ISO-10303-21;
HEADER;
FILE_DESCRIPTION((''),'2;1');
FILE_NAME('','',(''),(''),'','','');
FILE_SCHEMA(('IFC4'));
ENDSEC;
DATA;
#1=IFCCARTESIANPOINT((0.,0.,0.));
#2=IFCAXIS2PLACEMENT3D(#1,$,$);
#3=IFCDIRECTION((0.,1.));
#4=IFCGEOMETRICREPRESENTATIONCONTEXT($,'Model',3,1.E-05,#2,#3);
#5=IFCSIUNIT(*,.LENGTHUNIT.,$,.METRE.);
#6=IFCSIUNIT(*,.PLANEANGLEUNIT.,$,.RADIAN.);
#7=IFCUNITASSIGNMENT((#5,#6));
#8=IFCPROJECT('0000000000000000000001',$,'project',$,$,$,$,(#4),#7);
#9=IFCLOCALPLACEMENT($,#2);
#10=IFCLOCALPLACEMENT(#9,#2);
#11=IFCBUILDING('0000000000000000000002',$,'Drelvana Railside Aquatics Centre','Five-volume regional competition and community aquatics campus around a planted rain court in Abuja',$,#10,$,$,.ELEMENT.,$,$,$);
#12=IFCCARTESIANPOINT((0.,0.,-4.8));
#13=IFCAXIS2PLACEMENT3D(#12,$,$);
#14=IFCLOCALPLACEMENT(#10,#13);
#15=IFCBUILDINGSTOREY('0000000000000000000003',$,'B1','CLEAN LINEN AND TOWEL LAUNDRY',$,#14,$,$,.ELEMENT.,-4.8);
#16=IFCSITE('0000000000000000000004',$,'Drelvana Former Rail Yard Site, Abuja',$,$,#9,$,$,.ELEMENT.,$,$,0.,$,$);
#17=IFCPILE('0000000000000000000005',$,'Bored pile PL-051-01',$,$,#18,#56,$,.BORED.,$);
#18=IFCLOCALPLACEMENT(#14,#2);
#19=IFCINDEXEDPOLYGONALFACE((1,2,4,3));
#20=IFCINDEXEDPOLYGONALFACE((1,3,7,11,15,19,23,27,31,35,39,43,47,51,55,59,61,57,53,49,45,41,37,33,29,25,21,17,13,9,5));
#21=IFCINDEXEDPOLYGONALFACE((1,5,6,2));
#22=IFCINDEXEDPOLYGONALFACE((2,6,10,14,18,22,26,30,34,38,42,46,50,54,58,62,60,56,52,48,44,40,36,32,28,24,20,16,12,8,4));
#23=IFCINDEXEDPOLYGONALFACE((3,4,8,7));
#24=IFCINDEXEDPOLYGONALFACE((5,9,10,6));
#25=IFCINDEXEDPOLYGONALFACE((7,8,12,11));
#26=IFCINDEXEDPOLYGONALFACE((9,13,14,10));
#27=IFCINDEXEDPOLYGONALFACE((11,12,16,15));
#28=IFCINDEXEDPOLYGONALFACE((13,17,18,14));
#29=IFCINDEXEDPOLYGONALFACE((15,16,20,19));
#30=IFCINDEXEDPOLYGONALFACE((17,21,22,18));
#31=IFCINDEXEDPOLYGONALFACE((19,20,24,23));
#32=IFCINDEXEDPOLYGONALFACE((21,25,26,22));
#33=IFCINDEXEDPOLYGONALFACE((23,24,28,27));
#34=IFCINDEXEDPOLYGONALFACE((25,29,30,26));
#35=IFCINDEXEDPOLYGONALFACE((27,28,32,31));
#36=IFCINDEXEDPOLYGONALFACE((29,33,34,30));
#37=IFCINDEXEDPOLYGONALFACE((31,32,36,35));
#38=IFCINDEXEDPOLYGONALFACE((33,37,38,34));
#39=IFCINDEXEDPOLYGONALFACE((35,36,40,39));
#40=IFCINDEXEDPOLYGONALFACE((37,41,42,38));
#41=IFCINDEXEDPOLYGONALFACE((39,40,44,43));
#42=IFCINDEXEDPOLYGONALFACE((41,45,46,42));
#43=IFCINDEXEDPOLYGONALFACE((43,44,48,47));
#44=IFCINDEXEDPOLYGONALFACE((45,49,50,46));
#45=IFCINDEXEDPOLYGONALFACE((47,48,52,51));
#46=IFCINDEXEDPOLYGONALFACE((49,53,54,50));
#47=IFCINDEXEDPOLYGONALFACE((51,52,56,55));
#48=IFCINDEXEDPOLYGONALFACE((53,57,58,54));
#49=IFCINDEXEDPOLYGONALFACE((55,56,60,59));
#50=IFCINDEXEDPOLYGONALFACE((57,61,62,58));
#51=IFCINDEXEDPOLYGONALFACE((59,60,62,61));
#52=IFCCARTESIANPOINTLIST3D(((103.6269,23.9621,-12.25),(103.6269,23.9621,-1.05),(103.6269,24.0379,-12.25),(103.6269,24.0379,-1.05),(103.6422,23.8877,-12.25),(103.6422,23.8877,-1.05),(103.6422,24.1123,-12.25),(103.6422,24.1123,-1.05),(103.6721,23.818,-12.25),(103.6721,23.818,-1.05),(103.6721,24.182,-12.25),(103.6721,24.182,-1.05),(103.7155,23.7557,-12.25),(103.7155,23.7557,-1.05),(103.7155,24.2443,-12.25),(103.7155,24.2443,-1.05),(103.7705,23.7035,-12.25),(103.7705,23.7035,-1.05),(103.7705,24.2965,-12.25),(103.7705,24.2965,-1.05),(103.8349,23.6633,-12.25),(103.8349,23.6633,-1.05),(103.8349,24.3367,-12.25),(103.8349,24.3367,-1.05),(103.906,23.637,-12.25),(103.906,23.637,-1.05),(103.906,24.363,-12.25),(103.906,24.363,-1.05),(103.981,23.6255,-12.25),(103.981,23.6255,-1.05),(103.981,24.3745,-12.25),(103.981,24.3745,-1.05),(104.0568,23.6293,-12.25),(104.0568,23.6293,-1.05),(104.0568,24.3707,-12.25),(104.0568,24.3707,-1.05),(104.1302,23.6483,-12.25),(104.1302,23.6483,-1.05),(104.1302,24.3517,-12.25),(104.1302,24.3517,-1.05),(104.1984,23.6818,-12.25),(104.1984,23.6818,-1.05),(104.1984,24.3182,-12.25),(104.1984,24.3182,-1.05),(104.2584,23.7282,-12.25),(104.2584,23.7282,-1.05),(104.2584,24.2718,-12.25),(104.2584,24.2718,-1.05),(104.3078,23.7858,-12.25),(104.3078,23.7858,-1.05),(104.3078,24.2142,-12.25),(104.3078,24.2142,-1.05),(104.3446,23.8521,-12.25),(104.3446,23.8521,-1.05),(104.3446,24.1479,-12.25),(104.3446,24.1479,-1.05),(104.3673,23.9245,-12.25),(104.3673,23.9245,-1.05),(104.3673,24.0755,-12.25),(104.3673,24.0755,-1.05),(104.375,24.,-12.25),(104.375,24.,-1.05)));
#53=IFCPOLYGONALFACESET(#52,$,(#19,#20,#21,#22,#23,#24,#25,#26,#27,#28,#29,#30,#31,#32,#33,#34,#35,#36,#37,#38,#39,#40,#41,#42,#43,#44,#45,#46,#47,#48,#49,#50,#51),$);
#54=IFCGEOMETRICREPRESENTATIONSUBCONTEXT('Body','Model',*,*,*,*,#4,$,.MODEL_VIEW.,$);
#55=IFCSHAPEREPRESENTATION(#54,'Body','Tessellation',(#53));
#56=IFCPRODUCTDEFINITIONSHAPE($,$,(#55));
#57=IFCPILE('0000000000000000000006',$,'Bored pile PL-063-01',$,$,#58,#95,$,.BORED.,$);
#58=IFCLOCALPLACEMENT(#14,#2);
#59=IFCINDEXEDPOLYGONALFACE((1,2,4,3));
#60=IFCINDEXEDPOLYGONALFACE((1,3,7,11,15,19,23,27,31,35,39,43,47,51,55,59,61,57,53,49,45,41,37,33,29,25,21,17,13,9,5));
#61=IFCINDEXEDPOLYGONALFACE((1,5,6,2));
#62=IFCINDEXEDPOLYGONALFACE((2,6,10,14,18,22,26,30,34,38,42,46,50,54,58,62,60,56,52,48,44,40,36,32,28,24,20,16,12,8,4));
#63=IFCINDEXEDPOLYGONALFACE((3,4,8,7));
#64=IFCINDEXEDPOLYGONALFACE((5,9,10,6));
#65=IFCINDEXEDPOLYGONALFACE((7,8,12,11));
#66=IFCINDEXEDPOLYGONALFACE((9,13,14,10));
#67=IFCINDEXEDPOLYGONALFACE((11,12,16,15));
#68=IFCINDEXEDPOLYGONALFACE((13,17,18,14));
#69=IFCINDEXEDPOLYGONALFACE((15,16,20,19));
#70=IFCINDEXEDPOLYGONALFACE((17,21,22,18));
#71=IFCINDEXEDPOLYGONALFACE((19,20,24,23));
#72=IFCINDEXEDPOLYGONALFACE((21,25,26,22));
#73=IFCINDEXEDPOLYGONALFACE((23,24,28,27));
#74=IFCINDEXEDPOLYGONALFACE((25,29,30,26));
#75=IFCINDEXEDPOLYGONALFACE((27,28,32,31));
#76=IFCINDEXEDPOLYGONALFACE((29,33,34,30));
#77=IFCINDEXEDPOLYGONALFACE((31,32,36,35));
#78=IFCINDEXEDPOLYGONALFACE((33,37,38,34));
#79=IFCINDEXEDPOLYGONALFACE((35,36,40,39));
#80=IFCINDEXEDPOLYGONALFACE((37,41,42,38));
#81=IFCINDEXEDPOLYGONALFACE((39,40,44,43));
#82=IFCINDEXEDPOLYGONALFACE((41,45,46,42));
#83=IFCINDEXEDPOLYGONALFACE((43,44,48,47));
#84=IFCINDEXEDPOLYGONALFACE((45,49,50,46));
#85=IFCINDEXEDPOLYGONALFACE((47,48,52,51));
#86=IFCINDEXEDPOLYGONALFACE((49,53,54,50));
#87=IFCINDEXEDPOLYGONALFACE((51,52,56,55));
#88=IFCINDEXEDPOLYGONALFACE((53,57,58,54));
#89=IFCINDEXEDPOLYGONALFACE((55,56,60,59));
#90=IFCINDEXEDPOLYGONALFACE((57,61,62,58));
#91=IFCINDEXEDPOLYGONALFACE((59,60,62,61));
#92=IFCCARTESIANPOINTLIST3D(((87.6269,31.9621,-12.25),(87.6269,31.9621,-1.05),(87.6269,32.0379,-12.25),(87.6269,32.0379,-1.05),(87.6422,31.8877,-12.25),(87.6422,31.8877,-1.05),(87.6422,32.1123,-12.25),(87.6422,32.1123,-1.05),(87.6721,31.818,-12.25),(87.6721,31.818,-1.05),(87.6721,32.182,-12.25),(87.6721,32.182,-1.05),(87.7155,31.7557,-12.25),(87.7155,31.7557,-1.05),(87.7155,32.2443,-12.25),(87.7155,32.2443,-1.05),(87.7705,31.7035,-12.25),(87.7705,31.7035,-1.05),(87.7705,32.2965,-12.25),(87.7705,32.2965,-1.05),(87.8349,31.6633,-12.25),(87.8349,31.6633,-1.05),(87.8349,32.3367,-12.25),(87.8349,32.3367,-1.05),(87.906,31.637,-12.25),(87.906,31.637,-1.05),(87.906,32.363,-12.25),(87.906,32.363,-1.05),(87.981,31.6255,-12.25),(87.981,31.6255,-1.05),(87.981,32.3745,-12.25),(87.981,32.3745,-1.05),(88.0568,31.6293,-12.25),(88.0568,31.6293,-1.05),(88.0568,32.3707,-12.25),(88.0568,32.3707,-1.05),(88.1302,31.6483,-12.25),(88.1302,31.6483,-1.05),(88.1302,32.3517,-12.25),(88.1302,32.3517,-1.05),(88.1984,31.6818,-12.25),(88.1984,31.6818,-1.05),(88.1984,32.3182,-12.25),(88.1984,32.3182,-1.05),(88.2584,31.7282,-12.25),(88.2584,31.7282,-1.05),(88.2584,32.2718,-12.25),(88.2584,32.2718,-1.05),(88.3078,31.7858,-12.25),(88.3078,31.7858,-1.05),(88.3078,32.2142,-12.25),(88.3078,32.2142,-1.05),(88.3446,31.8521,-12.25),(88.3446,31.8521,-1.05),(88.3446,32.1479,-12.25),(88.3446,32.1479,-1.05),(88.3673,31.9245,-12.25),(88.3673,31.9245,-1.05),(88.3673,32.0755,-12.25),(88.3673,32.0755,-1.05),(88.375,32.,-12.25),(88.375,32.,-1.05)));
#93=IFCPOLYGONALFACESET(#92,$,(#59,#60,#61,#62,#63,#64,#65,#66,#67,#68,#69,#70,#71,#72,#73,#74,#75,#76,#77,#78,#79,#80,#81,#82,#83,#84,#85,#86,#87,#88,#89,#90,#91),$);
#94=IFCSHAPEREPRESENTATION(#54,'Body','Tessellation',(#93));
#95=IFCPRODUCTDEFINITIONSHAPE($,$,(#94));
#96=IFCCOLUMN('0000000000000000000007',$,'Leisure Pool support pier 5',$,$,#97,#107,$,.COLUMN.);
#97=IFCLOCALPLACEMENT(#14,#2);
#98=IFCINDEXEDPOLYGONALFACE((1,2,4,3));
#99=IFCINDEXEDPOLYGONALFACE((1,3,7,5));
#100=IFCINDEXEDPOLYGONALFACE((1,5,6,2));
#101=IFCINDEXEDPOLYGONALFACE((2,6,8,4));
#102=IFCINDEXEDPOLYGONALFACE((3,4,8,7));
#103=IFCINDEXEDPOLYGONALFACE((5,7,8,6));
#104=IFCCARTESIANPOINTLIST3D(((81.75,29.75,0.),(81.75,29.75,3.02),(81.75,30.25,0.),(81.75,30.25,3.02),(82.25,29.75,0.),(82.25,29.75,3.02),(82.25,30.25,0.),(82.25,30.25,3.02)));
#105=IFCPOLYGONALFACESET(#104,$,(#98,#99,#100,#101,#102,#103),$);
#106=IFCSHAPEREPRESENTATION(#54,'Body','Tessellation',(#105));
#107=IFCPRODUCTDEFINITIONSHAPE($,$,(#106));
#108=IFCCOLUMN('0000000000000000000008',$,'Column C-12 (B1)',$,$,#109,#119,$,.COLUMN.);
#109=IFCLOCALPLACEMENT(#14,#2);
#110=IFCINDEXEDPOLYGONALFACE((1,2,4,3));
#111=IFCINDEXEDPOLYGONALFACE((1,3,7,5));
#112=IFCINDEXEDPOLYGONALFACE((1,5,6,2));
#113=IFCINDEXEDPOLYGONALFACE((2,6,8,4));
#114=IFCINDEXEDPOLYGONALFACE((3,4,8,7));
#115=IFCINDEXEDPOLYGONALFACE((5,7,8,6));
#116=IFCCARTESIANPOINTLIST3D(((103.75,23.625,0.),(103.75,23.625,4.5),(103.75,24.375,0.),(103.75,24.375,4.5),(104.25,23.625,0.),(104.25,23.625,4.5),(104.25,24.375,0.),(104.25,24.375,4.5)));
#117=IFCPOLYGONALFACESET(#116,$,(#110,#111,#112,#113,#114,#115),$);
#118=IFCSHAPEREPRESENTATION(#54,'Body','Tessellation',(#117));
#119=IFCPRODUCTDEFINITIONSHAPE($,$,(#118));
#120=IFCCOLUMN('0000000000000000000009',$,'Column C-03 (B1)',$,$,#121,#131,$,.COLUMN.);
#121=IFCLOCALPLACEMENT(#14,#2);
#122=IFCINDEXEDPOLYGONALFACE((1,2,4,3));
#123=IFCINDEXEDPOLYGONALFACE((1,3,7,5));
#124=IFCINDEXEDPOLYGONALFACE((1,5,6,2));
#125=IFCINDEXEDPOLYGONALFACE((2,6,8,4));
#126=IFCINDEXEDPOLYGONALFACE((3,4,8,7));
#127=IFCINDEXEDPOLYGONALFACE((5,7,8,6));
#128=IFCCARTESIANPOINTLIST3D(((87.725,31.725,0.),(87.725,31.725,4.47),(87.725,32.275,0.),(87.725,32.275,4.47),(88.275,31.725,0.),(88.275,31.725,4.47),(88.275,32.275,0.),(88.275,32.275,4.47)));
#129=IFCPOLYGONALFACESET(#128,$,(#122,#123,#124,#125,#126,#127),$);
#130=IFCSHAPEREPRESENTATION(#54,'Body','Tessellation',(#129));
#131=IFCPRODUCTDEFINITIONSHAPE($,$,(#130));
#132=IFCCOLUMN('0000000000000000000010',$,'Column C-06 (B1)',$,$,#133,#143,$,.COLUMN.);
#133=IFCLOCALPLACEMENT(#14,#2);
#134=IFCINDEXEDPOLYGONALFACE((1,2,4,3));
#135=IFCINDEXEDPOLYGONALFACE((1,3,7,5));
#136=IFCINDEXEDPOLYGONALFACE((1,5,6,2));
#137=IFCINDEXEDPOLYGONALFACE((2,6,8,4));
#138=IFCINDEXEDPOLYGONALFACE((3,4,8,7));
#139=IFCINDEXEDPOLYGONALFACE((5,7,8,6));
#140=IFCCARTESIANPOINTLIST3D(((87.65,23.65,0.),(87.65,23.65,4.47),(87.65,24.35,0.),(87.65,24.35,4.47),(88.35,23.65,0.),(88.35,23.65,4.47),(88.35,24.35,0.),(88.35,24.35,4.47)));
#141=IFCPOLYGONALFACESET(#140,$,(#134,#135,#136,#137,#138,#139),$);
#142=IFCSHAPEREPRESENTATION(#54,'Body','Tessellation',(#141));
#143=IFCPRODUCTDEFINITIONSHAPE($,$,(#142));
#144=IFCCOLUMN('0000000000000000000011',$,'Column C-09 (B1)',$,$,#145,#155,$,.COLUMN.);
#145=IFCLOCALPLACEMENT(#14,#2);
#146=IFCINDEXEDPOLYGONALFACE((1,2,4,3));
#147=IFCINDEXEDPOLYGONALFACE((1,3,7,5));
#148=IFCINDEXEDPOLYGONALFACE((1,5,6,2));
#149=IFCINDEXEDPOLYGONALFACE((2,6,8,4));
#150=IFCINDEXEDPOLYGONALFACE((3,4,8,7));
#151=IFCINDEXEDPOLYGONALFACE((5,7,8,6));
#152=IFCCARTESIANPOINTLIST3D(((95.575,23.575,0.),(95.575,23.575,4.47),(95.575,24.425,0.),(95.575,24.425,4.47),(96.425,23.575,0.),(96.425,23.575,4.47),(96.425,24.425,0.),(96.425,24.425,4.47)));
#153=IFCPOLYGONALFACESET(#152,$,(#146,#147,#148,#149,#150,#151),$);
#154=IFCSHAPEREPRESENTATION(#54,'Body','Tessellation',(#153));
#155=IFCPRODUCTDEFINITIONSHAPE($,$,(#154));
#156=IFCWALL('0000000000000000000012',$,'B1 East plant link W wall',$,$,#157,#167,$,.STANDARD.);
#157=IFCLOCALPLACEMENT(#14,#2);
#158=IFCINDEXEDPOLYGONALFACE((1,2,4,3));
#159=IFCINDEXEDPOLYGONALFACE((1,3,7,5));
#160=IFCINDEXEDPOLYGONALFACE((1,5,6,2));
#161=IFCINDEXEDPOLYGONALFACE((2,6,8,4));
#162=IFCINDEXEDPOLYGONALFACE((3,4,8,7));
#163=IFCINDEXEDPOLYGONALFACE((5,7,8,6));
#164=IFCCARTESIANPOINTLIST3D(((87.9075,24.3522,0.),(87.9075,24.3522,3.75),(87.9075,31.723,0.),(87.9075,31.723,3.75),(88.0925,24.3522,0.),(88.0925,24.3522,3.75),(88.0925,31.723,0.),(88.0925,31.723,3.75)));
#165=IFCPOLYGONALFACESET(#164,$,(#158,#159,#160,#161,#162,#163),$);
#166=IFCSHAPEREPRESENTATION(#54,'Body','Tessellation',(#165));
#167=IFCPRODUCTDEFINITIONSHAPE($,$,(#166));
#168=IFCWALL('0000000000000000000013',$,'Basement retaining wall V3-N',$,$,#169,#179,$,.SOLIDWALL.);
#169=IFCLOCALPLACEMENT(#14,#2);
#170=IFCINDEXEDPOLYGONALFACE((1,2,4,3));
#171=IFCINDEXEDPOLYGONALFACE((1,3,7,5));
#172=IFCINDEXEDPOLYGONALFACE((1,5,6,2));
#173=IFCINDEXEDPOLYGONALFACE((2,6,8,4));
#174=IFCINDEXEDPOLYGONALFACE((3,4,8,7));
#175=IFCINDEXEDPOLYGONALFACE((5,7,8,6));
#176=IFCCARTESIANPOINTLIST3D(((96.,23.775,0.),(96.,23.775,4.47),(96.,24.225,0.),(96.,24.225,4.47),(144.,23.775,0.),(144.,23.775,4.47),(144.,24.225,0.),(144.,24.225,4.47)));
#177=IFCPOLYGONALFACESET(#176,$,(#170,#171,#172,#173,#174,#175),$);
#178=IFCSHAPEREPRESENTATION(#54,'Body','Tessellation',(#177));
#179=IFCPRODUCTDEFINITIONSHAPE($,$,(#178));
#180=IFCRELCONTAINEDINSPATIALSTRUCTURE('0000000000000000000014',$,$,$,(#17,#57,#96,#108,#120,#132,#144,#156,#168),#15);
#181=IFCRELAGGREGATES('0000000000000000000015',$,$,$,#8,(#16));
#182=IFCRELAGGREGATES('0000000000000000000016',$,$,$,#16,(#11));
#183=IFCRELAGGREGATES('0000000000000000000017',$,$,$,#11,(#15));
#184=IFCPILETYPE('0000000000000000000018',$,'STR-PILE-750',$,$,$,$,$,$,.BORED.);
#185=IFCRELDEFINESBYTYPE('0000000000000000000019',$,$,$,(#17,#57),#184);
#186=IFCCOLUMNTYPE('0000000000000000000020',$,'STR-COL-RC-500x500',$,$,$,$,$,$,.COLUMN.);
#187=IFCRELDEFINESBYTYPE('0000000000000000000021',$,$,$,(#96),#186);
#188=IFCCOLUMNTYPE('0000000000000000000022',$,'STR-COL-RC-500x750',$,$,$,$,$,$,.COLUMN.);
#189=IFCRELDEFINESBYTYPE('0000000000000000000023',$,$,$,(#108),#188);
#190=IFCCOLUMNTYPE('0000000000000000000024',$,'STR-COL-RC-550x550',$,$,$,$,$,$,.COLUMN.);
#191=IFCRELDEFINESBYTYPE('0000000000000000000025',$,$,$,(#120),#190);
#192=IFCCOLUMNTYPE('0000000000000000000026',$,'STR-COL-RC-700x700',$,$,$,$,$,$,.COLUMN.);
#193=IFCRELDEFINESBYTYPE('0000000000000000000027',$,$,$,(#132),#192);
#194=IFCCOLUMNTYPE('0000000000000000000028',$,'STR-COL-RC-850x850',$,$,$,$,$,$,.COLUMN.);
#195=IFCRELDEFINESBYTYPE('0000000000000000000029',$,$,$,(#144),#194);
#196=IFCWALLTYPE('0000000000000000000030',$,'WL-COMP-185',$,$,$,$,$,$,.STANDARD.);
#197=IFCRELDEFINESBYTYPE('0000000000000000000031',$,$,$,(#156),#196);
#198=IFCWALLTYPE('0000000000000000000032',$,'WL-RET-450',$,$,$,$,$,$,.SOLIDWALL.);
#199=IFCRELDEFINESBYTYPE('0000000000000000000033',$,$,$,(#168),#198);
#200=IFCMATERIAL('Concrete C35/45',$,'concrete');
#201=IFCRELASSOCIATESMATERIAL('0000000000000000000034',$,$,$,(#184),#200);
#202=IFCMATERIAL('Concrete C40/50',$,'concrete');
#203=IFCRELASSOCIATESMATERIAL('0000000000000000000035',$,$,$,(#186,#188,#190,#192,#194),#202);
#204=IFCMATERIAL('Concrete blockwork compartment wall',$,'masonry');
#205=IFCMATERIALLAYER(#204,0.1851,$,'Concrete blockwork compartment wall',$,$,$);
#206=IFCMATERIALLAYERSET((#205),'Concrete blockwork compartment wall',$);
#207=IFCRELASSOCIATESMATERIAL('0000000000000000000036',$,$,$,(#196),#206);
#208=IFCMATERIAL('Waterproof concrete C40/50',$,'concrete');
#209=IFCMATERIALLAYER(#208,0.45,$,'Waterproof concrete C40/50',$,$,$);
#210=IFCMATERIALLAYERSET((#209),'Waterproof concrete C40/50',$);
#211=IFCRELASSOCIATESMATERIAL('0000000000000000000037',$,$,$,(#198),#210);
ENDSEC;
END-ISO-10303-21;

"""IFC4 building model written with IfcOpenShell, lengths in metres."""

from ifc_helpers import new_model, si_unit, direction, frame, frame_2d, origin, origin_2d, place, context, subcontext, project, spatial, rectangle, circle, extrude, material, layer, layer_set, material_profile, profile_set, type_object, element, save


model = new_model("IFC4")

# Units and contexts
model_context = context("Model", 3, precision=1e-05, world=origin(), true_north=direction((0.0, 1.0)))
body_context = subcontext(model_context, "Body", "Model", "MODEL_VIEW")
ifc_project = project(units=[si_unit("LENGTHUNIT", "METRE"), si_unit("PLANEANGLEUNIT", "RADIAN")], contexts=[model_context])

# Site, building, storey
site_placement = place(None, origin())
site = spatial("IfcSite", under=ifc_project, at=site_placement, Name="Drelvana Former Rail Yard Site, Abuja", CompositionType="ELEMENT", RefElevation=0.0)
building_placement = place(site_placement, origin())
building = spatial("IfcBuilding", under=site, at=building_placement, Name="Drelvana Railside Aquatics Centre", Description="Five-volume regional competition and community aquatics campus around a planted rain court in Abuja", CompositionType="ELEMENT")
storey_placement = place(building_placement, frame((0.0, 0.0, -4.8)))
storey = spatial("IfcBuildingStorey", under=building, at=storey_placement, Name="B1", Description="CLEAN LINEN AND TOWEL LAUNDRY", CompositionType="ELEMENT", Elevation=-4.8)

# Shared definitions
ifc_material_1 = material(Name="Concrete C35/45", Category="concrete")

# Piles
ifc_material_profile_1 = material_profile(ifc_material_1, circle(Radius=0.375, at=origin_2d()), Name="PILE D750")
ifc_profile_set_1 = profile_set([ifc_material_profile_1], Name="Concrete C35/45")
pile_type = type_object("IfcPileType", Name="STR-PILE-750", PredefinedType="BORED", material=ifc_profile_set_1)
for number, where, z_axis, x_axis, name in (
    (1, (104.0, 24.0, -1.05), (0.0, 0.0, -1.0), (1.0, 0.0, 0.0), "Bored pile PL-051-01"),
    (2, (88.0, 32.0, -1.05), (0.0, 0.0, -1.0), (1.0, 0.0, 0.0), "Bored pile PL-063-01"),
):
    element("IfcPile", number, at=place(storey_placement, frame(where, z_axis=z_axis, x_axis=x_axis)), inside=storey, type_object=pile_type, Name=name, PredefinedType="BORED", context=body_context, shape_type="SweptSolid", body=[
        extrude(circle(Radius=0.375, at=origin_2d()), origin(), (0.0, 0.0, 1.0), 11.2),
    ])

# Columns
ifc_material_2 = material(Name="Concrete C40/50", Category="concrete")
ifc_material_profile_2 = material_profile(ifc_material_2, rectangle(XDim=0.5, YDim=0.5, at=origin_2d()), Name="RC 500x500")
ifc_profile_set_2 = profile_set([ifc_material_profile_2], Name="Concrete C40/50")
column_type_1 = type_object("IfcColumnType", Name="STR-COL-RC-500x500", PredefinedType="COLUMN", material=ifc_profile_set_2)
column_1_placement = place(storey_placement, frame((82.0, 30.0, 0.0), z_axis=(0.0, 0.0, 1.0), x_axis=(1.0, 0.0, 0.0)))
element("IfcColumn", 3, at=column_1_placement, inside=storey, type_object=column_type_1, Name="Leisure Pool support pier 5", PredefinedType="COLUMN", context=body_context, shape_type="SweptSolid", body=[
    extrude(rectangle(XDim=0.5, YDim=0.5, at=origin_2d()), origin(), (0.0, 0.0, 1.0), 3.02),
])
ifc_material_profile_3 = material_profile(ifc_material_2, rectangle(XDim=0.5, YDim=0.75, at=origin_2d()), Name="RC 500x750")
ifc_profile_set_3 = profile_set([ifc_material_profile_3], Name="Concrete C40/50")
column_type_2 = type_object("IfcColumnType", Name="STR-COL-RC-500x750", PredefinedType="COLUMN", material=ifc_profile_set_3)
column_2_placement = place(storey_placement, frame((104.0, 24.0, 0.0), z_axis=(0.0, 0.0, 1.0), x_axis=(1.0, 0.0, 0.0)))
element("IfcColumn", 4, at=column_2_placement, inside=storey, type_object=column_type_2, Name="Column C-12 (B1)", PredefinedType="COLUMN", context=body_context, shape_type="SweptSolid", body=[
    extrude(rectangle(XDim=0.5, YDim=0.75, at=origin_2d()), origin(), (0.0, 0.0, 1.0), 4.5),
])
ifc_material_profile_4 = material_profile(ifc_material_2, rectangle(XDim=0.55, YDim=0.55, at=origin_2d()), Name="RC 550x550")
ifc_profile_set_4 = profile_set([ifc_material_profile_4], Name="Concrete C40/50")
column_type_3 = type_object("IfcColumnType", Name="STR-COL-RC-550x550", PredefinedType="COLUMN", material=ifc_profile_set_4)
column_3_placement = place(storey_placement, frame((88.0, 32.0, 0.0), z_axis=(0.0, 0.0, 1.0), x_axis=(1.0, 0.0, 0.0)))
element("IfcColumn", 5, at=column_3_placement, inside=storey, type_object=column_type_3, Name="Column C-03 (B1)", PredefinedType="COLUMN", context=body_context, shape_type="SweptSolid", body=[
    extrude(rectangle(XDim=0.55, YDim=0.55, at=origin_2d()), origin(), (0.0, 0.0, 1.0), 4.47),
])
ifc_material_profile_5 = material_profile(ifc_material_2, rectangle(XDim=0.7, YDim=0.7, at=origin_2d()), Name="RC 700x700")
ifc_profile_set_5 = profile_set([ifc_material_profile_5], Name="Concrete C40/50")
column_type_4 = type_object("IfcColumnType", Name="STR-COL-RC-700x700", PredefinedType="COLUMN", material=ifc_profile_set_5)
column_4_placement = place(storey_placement, frame((88.0, 24.0, 0.0), z_axis=(0.0, 0.0, 1.0), x_axis=(1.0, 0.0, 0.0)))
element("IfcColumn", 6, at=column_4_placement, inside=storey, type_object=column_type_4, Name="Column C-06 (B1)", PredefinedType="COLUMN", context=body_context, shape_type="SweptSolid", body=[
    extrude(rectangle(XDim=0.7, YDim=0.7, at=origin_2d()), origin(), (0.0, 0.0, 1.0), 4.47),
])
ifc_material_profile_6 = material_profile(ifc_material_2, rectangle(XDim=0.8501, YDim=0.8501, at=origin_2d()), Name="RC 850x850")
ifc_profile_set_6 = profile_set([ifc_material_profile_6], Name="Concrete C40/50")
column_type_5 = type_object("IfcColumnType", Name="STR-COL-RC-850x850", PredefinedType="COLUMN", material=ifc_profile_set_6)
column_5_placement = place(storey_placement, frame((96.0, 24.0, 0.0), z_axis=(0.0, 0.0, 1.0), x_axis=(1.0, 0.0, 0.0)))
element("IfcColumn", 7, at=column_5_placement, inside=storey, type_object=column_type_5, Name="Column C-09 (B1)", PredefinedType="COLUMN", context=body_context, shape_type="SweptSolid", body=[
    extrude(rectangle(XDim=0.8501, YDim=0.8501, at=origin_2d()), origin(), (0.0, 0.0, 1.0), 4.47),
])

# Walls
ifc_material_3 = material(Name="Concrete blockwork compartment wall", Category="masonry")
ifc_layer_1 = layer(ifc_material_3, 0.1851, Name="Concrete blockwork compartment wall")
ifc_layer_set_1 = layer_set([ifc_layer_1], Name="Concrete blockwork compartment wall")
wall_type_1 = type_object("IfcWallType", Name="WL-COMP-185", PredefinedType="STANDARD", material=ifc_layer_set_1)
wall_1_placement = place(storey_placement, frame((88.0, 24.3521, 0.0), z_axis=(0.0, 0.0, 1.0), x_axis=(0.0, 1.0, 0.0)))
element("IfcWall", 8, at=wall_1_placement, inside=storey, type_object=wall_type_1, Name="B1 East plant link W wall", PredefinedType="STANDARD", context=body_context, shape_type="SweptSolid", body=[
    extrude(rectangle(XDim=7.3708, YDim=0.1851, at=frame_2d((3.6855, 0.0))), origin(), (0.0, 0.0, 1.0), 3.75),
])
ifc_material_4 = material(Name="Waterproof concrete C40/50", Category="concrete")
ifc_layer_2 = layer(ifc_material_4, 0.45, Name="Waterproof concrete C40/50")
ifc_layer_set_2 = layer_set([ifc_layer_2], Name="Waterproof concrete C40/50")
wall_type_2 = type_object("IfcWallType", Name="WL-RET-450", PredefinedType="SOLIDWALL", material=ifc_layer_set_2)
wall_2_placement = place(storey_placement, frame((96.0, 24.0, 0.0), z_axis=(0.0, 0.0, 1.0), x_axis=(1.0, 0.0, 0.0)))
element("IfcWall", 9, at=wall_2_placement, inside=storey, type_object=wall_type_2, Name="Basement retaining wall V3-N", PredefinedType="SOLIDWALL", context=body_context, shape_type="SweptSolid", body=[
    extrude(rectangle(XDim=48.0, YDim=0.45, at=frame_2d((24.0, 0.0))), origin(), (0.0, 0.0, 1.0), 4.47),
])

save(model, "model.ifc")
